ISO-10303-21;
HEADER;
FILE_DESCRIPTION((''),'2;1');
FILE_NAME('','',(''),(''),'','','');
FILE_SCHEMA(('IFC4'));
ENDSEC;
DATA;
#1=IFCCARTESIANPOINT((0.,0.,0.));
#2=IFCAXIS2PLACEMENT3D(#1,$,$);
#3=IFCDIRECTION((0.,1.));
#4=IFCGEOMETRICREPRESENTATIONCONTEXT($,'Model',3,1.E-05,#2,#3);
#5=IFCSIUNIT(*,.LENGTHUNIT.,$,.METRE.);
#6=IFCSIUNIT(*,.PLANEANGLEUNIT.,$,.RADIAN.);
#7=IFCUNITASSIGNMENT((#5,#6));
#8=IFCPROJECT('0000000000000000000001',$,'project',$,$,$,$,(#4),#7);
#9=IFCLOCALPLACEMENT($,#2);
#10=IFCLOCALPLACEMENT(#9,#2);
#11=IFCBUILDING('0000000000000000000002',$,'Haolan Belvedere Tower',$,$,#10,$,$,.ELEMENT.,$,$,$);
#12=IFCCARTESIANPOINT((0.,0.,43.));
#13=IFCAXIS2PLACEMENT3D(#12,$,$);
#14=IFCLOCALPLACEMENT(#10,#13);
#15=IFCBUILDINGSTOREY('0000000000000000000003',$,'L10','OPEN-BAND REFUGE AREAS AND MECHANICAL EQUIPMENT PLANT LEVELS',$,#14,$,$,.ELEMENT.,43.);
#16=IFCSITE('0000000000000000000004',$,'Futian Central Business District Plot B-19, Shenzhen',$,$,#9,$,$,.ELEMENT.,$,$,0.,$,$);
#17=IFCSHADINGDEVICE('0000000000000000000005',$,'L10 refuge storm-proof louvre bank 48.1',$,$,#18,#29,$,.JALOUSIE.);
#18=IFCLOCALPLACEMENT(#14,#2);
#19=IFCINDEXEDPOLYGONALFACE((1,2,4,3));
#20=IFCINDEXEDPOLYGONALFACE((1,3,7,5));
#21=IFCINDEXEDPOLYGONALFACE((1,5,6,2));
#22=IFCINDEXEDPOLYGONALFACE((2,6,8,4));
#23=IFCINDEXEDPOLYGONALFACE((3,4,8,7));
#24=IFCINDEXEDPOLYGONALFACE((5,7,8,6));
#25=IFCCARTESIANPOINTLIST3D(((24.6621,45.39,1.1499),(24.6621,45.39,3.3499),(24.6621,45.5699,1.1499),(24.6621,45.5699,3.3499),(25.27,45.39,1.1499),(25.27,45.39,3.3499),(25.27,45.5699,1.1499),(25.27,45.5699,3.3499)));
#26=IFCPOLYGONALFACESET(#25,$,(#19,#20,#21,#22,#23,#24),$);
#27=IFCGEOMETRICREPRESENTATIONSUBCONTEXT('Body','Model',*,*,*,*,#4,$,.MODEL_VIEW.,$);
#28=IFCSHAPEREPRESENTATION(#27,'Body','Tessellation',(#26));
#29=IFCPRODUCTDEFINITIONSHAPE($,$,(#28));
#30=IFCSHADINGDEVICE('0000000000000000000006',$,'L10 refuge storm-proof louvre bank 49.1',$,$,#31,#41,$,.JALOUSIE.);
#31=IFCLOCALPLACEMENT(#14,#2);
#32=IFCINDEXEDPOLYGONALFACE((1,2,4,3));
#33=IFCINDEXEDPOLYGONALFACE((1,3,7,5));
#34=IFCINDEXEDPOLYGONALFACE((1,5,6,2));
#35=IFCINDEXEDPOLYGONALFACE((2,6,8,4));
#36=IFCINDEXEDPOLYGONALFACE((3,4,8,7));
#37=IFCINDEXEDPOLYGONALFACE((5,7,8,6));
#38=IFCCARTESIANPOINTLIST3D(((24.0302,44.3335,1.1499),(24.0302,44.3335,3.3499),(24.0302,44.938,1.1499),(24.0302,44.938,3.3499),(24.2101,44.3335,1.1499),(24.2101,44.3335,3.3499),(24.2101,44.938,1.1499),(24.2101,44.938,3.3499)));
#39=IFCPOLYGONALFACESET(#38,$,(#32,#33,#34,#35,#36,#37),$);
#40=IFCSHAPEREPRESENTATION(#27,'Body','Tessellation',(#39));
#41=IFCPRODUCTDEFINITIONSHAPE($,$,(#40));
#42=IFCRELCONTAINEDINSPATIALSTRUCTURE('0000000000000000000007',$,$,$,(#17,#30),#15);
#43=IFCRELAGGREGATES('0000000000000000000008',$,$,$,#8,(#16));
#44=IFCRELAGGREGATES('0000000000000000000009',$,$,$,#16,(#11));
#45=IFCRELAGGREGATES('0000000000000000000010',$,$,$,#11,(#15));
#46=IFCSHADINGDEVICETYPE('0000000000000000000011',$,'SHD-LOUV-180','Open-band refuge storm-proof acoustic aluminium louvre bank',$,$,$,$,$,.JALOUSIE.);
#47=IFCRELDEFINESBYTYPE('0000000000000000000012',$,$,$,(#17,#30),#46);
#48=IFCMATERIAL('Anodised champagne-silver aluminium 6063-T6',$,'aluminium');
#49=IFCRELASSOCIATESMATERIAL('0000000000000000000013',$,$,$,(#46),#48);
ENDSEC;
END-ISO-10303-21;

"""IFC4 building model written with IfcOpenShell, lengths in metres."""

from ifc_helpers import new_model, si_unit, direction, frame, origin, origin_2d, place, context, subcontext, project, spatial, rectangle, extrude, material, type_object, element, save


model = new_model("IFC4")

# Units and contexts
model_context = context("Model", 3, precision=1e-05, world=origin(), true_north=direction((0.0, 1.0)))
body_context = subcontext(model_context, "Body", "Model", "MODEL_VIEW")
ifc_project = project(units=[si_unit("LENGTHUNIT", "METRE"), si_unit("PLANEANGLEUNIT", "RADIAN")], contexts=[model_context])

# Site, building, storey
site_placement = place(None, origin())
site = spatial("IfcSite", under=ifc_project, at=site_placement, Name="Futian Central Business District Plot B-19, Shenzhen", CompositionType="ELEMENT", RefElevation=0.0)
building_placement = place(site_placement, origin())
building = spatial("IfcBuilding", under=site, at=building_placement, Name="Haolan Belvedere Tower", CompositionType="ELEMENT")
storey_placement = place(building_placement, frame((0.0, 0.0, 43.0)))
storey = spatial("IfcBuildingStorey", under=building, at=storey_placement, Name="L10", Description="OPEN-BAND REFUGE AREAS AND MECHANICAL EQUIPMENT PLANT LEVELS", CompositionType="ELEMENT", Elevation=43.0)

# Shading devices
ifc_material_1 = material(Name="Anodised champagne-silver aluminium 6063-T6", Category="aluminium")
shading_device_type = type_object("IfcShadingDeviceType", Name="SHD-LOUV-180", Description="Open-band refuge storm-proof acoustic aluminium louvre bank", PredefinedType="JALOUSIE", material=ifc_material_1)
shading_device_1_placement = place(storey_placement, frame((24.9661, 45.48, 1.1499), z_axis=(0.0, 0.0, 1.0), x_axis=(-1.0, 0.0, 0.0)))
element("IfcShadingDevice", 1, at=shading_device_1_placement, inside=storey, type_object=shading_device_type, Name="L10 refuge storm-proof louvre bank 48.1", PredefinedType="JALOUSIE", context=body_context, shape_type="SweptSolid", body=[
    extrude(rectangle(XDim=0.6079, YDim=0.1799, at=origin_2d()), origin(), (0.0, 0.0, 1.0), 2.2),
])
shading_device_2_placement = place(storey_placement, frame((24.1201, 44.6357, 1.1499), z_axis=(0.0, 0.0, 1.0), x_axis=(0.0, -1.0, 0.0)))
element("IfcShadingDevice", 2, at=shading_device_2_placement, inside=storey, type_object=shading_device_type, Name="L10 refuge storm-proof louvre bank 49.1", PredefinedType="JALOUSIE", context=body_context, shape_type="SweptSolid", body=[
    extrude(rectangle(XDim=0.6045, YDim=0.1799, at=origin_2d()), origin(), (0.0, 0.0, 1.0), 2.2),
])

save(model, "model.ifc")
